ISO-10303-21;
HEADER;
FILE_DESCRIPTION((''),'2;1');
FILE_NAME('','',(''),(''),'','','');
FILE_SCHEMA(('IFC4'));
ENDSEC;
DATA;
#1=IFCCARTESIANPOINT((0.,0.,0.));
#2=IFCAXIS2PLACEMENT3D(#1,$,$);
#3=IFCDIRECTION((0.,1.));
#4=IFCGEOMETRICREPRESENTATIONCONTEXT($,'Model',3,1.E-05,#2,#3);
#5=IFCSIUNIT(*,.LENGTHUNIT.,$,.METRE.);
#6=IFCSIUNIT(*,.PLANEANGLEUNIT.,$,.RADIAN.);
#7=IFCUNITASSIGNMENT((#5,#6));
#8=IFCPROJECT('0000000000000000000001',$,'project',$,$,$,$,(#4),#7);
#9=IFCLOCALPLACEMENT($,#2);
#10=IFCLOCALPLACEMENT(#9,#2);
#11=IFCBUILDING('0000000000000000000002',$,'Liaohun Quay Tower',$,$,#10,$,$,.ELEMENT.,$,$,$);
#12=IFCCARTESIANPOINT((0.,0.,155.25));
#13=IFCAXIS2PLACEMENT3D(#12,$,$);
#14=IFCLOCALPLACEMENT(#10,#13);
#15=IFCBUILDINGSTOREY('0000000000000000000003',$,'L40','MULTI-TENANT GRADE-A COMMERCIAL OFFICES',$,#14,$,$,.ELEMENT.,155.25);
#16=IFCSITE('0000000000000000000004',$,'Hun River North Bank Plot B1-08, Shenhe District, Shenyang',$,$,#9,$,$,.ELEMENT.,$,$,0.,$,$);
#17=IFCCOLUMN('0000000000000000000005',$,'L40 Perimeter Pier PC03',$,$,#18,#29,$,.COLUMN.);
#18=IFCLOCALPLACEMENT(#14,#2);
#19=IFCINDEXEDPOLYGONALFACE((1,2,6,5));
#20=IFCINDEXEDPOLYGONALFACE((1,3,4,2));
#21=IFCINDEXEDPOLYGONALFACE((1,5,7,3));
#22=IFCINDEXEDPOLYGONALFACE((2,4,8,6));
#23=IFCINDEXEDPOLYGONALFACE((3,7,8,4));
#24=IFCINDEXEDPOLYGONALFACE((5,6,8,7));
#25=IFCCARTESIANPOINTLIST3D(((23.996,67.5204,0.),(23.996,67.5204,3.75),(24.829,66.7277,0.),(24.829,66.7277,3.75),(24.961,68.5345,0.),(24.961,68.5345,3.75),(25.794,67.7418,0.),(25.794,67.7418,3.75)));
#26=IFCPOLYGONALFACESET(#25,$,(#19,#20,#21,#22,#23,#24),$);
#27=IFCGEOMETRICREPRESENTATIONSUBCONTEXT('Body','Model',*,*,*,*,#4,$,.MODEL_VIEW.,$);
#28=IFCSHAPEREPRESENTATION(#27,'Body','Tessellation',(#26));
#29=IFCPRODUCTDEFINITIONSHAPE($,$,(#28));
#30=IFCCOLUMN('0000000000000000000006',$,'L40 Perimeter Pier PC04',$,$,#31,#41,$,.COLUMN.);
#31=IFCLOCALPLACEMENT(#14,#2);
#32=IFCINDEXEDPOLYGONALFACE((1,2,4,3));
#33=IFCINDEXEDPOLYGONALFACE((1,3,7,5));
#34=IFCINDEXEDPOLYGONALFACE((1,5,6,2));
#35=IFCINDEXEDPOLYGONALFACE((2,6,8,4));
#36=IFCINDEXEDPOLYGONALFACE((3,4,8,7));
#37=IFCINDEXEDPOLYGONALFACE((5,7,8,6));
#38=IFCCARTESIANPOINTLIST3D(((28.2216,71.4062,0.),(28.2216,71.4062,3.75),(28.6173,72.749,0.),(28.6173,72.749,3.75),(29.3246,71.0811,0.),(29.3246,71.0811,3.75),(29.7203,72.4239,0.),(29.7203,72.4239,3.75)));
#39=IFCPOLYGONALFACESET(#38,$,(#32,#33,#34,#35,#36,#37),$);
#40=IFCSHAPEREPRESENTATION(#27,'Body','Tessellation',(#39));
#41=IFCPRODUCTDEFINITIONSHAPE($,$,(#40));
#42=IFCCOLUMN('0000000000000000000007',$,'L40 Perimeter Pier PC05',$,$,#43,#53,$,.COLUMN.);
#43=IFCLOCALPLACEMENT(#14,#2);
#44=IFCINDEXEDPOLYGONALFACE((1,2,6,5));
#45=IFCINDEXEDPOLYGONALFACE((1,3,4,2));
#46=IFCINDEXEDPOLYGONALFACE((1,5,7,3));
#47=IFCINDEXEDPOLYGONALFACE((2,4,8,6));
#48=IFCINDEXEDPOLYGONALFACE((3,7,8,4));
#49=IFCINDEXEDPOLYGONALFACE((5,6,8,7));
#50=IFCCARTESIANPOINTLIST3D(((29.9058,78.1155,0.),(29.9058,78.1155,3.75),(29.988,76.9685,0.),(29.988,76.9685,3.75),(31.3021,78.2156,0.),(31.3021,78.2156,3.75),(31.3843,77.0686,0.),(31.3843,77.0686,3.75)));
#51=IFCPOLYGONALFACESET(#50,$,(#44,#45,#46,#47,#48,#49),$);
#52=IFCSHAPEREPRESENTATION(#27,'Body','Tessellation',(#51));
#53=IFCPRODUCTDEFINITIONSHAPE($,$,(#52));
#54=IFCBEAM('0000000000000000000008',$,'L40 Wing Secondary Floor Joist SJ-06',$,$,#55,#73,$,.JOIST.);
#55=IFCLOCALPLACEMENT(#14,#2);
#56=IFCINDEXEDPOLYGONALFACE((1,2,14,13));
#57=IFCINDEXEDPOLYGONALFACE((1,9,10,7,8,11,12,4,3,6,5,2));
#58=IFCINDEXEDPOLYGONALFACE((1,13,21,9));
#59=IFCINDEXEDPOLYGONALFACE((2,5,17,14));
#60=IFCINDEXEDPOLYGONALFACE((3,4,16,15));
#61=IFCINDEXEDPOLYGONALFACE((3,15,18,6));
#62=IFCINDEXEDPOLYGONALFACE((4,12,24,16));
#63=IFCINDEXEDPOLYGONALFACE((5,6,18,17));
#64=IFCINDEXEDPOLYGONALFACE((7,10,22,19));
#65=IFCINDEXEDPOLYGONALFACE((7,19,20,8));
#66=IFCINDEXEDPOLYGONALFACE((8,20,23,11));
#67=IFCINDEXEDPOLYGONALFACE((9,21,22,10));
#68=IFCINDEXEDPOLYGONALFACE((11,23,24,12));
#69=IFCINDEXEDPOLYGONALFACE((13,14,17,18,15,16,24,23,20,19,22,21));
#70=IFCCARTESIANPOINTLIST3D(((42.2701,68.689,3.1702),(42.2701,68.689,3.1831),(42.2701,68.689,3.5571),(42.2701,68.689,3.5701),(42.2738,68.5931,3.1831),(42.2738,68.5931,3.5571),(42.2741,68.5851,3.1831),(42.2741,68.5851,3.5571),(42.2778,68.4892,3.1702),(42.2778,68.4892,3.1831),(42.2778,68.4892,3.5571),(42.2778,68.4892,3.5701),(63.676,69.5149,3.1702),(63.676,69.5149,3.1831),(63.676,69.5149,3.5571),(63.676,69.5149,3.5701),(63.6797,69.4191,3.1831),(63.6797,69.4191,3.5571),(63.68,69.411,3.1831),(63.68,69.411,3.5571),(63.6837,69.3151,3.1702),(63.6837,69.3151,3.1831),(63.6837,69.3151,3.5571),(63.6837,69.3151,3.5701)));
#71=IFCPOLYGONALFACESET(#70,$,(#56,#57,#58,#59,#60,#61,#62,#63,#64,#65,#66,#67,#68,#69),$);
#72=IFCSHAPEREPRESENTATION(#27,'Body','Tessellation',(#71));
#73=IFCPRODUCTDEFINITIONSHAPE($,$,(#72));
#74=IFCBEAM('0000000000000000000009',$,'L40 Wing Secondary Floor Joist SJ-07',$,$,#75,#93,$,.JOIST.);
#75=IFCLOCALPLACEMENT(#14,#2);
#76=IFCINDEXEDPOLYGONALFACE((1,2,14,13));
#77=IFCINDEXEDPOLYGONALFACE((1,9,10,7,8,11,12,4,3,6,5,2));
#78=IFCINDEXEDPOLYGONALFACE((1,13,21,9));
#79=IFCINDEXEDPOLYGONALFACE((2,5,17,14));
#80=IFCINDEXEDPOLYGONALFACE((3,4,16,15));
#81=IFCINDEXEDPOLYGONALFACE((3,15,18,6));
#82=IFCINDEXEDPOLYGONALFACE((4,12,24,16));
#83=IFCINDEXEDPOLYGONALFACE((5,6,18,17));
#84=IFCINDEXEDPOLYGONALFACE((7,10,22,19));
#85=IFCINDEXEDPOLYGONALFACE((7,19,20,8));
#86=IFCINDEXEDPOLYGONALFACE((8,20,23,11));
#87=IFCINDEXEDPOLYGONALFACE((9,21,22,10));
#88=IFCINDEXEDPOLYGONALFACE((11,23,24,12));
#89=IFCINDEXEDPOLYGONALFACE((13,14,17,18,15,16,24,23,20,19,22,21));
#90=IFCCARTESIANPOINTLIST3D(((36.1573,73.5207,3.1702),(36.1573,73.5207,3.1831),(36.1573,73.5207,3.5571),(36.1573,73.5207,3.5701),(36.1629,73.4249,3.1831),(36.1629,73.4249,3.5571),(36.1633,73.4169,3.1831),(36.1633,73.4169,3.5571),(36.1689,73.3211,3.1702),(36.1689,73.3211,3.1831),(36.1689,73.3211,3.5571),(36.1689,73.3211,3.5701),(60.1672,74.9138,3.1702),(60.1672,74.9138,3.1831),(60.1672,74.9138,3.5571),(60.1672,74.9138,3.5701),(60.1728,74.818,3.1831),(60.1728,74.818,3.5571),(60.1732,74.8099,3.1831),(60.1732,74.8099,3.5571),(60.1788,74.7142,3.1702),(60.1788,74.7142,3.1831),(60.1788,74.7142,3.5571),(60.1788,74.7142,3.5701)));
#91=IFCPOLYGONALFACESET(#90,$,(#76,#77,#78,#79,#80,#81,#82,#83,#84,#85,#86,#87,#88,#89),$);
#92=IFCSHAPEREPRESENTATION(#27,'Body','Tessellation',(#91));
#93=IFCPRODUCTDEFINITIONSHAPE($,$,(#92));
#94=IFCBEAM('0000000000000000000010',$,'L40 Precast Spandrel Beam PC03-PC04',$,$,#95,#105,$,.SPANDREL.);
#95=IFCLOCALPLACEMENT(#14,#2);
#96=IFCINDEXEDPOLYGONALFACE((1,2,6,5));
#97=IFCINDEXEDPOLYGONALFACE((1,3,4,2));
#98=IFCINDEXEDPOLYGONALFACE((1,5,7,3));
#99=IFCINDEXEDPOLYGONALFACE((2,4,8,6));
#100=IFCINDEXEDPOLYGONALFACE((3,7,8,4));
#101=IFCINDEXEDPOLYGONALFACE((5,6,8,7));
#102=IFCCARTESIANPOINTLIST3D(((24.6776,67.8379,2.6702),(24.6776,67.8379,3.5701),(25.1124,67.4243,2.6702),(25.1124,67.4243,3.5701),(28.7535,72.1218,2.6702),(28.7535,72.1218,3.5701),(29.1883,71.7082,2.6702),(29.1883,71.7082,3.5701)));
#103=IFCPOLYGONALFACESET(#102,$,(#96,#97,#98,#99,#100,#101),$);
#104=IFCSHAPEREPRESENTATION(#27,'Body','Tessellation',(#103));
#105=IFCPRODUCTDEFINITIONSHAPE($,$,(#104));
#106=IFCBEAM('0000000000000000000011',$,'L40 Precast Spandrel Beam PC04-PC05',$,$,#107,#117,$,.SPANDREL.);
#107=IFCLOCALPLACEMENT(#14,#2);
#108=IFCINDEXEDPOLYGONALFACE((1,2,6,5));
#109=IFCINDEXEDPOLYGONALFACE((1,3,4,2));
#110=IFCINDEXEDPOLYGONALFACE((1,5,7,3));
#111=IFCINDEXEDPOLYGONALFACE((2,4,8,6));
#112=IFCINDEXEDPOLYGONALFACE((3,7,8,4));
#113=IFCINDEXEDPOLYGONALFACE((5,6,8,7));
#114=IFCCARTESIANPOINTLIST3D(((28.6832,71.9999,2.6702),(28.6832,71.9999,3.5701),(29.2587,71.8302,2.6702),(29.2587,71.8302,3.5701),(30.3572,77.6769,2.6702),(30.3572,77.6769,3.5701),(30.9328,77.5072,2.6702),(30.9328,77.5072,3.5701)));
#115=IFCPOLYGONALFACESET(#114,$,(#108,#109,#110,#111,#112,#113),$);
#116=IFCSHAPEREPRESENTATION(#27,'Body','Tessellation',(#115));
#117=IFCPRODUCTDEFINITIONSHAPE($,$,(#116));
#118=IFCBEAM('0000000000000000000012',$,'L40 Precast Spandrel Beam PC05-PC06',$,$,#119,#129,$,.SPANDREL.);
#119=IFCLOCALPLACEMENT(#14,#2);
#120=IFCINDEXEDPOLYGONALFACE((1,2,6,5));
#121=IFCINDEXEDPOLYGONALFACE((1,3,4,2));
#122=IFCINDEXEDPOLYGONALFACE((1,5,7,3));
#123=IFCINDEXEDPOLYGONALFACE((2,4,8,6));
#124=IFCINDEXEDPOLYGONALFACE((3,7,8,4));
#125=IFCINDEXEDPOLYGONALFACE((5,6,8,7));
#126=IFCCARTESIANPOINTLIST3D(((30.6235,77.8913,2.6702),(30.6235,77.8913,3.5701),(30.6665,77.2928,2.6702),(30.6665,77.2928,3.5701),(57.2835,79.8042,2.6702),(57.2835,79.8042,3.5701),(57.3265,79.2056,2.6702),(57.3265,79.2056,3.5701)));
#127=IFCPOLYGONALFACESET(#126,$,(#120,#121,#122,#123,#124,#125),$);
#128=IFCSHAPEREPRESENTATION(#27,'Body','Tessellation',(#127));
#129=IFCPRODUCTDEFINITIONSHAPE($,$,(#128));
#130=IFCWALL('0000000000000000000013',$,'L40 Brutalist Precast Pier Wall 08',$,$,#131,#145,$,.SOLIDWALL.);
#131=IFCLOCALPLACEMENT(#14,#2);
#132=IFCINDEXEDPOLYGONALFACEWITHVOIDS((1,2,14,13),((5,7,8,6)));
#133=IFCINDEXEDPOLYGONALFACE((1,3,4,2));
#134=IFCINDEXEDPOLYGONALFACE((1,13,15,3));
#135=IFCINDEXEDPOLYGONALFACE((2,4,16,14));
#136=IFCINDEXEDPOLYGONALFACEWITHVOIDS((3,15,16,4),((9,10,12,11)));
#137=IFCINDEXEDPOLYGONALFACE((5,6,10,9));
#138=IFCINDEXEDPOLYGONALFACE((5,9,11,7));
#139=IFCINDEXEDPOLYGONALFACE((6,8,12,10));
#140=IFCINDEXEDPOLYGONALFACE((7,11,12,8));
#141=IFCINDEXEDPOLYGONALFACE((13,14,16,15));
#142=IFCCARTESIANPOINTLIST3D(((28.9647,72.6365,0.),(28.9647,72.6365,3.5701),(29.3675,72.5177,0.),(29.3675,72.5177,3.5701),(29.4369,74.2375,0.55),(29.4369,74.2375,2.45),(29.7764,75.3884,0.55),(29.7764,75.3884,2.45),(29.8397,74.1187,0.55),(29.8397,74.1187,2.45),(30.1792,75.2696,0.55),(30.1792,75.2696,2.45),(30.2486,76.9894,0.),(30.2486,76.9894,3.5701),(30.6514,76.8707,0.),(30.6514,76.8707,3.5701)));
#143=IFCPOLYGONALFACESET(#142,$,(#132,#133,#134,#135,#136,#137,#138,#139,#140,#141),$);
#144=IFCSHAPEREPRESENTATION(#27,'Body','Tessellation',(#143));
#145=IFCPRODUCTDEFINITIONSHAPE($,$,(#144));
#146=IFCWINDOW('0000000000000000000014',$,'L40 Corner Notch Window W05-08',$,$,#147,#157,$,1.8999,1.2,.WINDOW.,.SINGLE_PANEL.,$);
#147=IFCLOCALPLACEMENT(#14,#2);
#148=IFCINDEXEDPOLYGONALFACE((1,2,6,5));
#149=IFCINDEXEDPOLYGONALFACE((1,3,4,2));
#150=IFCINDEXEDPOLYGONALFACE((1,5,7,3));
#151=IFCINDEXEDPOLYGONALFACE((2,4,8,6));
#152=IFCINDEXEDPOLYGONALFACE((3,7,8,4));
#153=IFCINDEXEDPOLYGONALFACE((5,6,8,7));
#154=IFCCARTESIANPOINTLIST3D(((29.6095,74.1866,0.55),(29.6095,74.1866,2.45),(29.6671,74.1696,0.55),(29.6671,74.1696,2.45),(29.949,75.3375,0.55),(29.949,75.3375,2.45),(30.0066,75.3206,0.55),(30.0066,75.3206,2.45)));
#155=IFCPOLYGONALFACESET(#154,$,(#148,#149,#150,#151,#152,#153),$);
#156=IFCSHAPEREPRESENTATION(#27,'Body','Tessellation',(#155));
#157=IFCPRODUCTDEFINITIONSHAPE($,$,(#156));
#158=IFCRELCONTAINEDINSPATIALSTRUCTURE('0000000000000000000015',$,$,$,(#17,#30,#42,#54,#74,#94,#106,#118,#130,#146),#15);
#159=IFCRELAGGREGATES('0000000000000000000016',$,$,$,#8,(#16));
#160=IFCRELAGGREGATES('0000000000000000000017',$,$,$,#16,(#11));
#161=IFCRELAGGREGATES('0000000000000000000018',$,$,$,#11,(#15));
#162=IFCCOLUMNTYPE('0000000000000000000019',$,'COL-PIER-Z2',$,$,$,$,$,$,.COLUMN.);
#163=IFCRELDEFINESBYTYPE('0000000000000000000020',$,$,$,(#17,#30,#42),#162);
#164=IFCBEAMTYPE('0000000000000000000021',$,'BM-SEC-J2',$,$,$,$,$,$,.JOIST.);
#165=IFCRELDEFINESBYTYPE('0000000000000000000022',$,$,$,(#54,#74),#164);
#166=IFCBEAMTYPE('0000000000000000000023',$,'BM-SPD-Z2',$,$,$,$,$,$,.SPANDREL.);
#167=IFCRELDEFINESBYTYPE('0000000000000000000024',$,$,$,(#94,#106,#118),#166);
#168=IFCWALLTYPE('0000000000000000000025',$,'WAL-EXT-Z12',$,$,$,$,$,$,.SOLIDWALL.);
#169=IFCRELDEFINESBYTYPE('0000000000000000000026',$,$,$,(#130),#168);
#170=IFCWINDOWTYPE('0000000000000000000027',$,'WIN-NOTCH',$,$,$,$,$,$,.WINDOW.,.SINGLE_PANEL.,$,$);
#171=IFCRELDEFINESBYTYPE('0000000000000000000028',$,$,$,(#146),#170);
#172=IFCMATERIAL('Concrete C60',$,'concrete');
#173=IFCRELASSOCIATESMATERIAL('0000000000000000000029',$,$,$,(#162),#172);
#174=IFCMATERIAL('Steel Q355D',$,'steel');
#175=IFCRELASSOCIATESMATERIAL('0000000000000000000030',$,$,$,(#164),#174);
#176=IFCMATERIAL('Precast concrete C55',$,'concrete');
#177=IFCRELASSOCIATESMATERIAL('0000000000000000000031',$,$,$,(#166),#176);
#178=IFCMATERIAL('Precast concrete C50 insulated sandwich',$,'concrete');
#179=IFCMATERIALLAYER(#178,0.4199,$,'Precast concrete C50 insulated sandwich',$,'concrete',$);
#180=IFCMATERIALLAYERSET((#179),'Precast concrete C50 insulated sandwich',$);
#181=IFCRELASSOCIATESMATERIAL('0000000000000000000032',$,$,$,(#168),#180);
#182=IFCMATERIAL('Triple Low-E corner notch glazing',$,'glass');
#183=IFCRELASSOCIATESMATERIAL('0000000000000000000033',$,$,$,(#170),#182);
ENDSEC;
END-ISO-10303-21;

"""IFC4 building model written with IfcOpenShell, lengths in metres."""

from ifc_helpers import new_model, si_unit, direction, frame, frame_2d, origin, origin_2d, place, context, subcontext, project, spatial, rectangle, i_section, extrude, source, transform, mapped, material, layer, layer_set, material_profile, profile_set, type_object, element, fill, save


model = new_model("IFC4")

# Units and contexts
model_context = context("Model", 3, precision=1e-05, world=origin(), true_north=direction((0.0, 1.0)))
body_context = subcontext(model_context, "Body", "Model", "MODEL_VIEW")
ifc_project = project(units=[si_unit("LENGTHUNIT", "METRE"), si_unit("PLANEANGLEUNIT", "RADIAN")], contexts=[model_context])

# Site, building, storey
site_placement = place(None, origin())
site = spatial("IfcSite", under=ifc_project, at=site_placement, Name="Hun River North Bank Plot B1-08, Shenhe District, Shenyang", CompositionType="ELEMENT", RefElevation=0.0)
building_placement = place(site_placement, origin())
building = spatial("IfcBuilding", under=site, at=building_placement, Name="Liaohun Quay Tower", CompositionType="ELEMENT")
storey_placement = place(building_placement, frame((0.0, 0.0, 155.25)))
storey = spatial("IfcBuildingStorey", under=building, at=storey_placement, Name="L40", Description="MULTI-TENANT GRADE-A COMMERCIAL OFFICES", CompositionType="ELEMENT", Elevation=155.25)

# Columns
ifc_material_1 = material(Name="Concrete C60", Category="concrete")
ifc_material_profile_1 = material_profile(ifc_material_1, rectangle(XDim=1.3999, YDim=1.1499, at=origin_2d()), Name="RC1400x1150")
ifc_profile_set_1 = profile_set([ifc_material_profile_1], Name="Concrete C60")
column_type = type_object("IfcColumnType", Name="COL-PIER-Z2", PredefinedType="COLUMN", material=ifc_profile_set_1)
shared_shape_1 = source(origin(), body_context, "Body", "SweptSolid", [
    extrude(rectangle(XDim=1.3999, YDim=1.1499, at=origin_2d()), origin(), (0.0, 0.0, 1.0), 3.75),
])
for number, where, z_axis, x_axis, name in (
    (1, (24.895, 67.6311, 0.0), (0.0, 0.0, 1.0), (0.689367, 0.724413, 0.0), "L40 Perimeter Pier PC03"),
    (2, (28.9709, 71.915, 0.0), (0.0, 0.0, 1.0), (0.282676, 0.959215, 0.0), "L40 Perimeter Pier PC04"),
    (3, (30.645, 77.592, 0.0), (0.0, 0.0, 1.0), (0.997441, 0.071497, 0.0), "L40 Perimeter Pier PC05"),
):
    element("IfcColumn", number, at=place(storey_placement, frame(where, z_axis=z_axis, x_axis=x_axis)), inside=storey, type_object=column_type, Name=name, PredefinedType="COLUMN", context=body_context, shape_type="MappedRepresentation", body=[
        mapped(shared_shape_1, transform((0.0, 0.0, 0.0), x_axis=(1.0, 0.0, 0.0), y_axis=(0.0, 1.0, 0.0), z_axis=(0.0, 0.0, 1.0), scale=1.0)),
    ])

# Beams
ifc_material_2 = material(Name="Steel Q355D", Category="steel")
ifc_material_profile_2 = material_profile(ifc_material_2, i_section(OverallWidth=0.2, OverallDepth=0.3999, WebThickness=0.0081, FlangeThickness=0.0129, at=origin_2d()), Name="HN400x200x8x13")
ifc_profile_set_2 = profile_set([ifc_material_profile_2], Name="Steel Q355D")
beam_type_1 = type_object("IfcBeamType", Name="BM-SEC-J2", PredefinedType="JOIST", material=ifc_profile_set_2)
shared_shape_2 = source(origin(), body_context, "Body", "SweptSolid", [
    extrude(i_section(OverallWidth=0.2, OverallDepth=0.3999, WebThickness=0.0081, FlangeThickness=0.0129, at=origin_2d()), origin(), (0.0, 0.0, 1.0), 21.4219),
])
beam_1_placement = place(storey_placement, frame((42.2739, 68.5891, 3.3701), z_axis=(0.999256, 0.038555, 0.0), x_axis=(-0.038555, 0.999256, 0.0)))
element("IfcBeam", 4, at=beam_1_placement, inside=storey, type_object=beam_type_1, Name="L40 Wing Secondary Floor Joist SJ-06", PredefinedType="JOIST", context=body_context, shape_type="MappedRepresentation", body=[
    mapped(shared_shape_2, transform((0.0, 0.0, 0.0), x_axis=(1.0, 0.0, 0.0), y_axis=(0.0, 1.0, 0.0), z_axis=(0.0, 0.0, 1.0), scale=1.0)),
])
shared_shape_3 = source(origin(), body_context, "Body", "SweptSolid", [
    extrude(i_section(OverallWidth=0.2, OverallDepth=0.3999, WebThickness=0.0081, FlangeThickness=0.0129, at=origin_2d()), origin(), (0.0, 0.0, 1.0), 24.0503),
])
beam_2_placement = place(storey_placement, frame((36.1631, 73.4209, 3.3701), z_axis=(0.998321, 0.057923, 0.0), x_axis=(-0.057923, 0.998321, 0.0)))
element("IfcBeam", 5, at=beam_2_placement, inside=storey, type_object=beam_type_1, Name="L40 Wing Secondary Floor Joist SJ-07", PredefinedType="JOIST", context=body_context, shape_type="MappedRepresentation", body=[
    mapped(shared_shape_3, transform((0.0, 0.0, 0.0), x_axis=(1.0, 0.0, 0.0), y_axis=(0.0, 1.0, 0.0), z_axis=(0.0, 0.0, 1.0), scale=1.0)),
])
ifc_material_3 = material(Name="Precast concrete C55", Category="concrete")
ifc_material_profile_3 = material_profile(ifc_material_3, rectangle(XDim=0.6001, YDim=0.8999, at=origin_2d()), Name="RC600x900")
ifc_profile_set_3 = profile_set([ifc_material_profile_3], Name="Precast concrete C55")
beam_type_2 = type_object("IfcBeamType", Name="BM-SPD-Z2", PredefinedType="SPANDREL", material=ifc_profile_set_3)
shared_shape_4 = source(origin(), body_context, "Body", "SweptSolid", [
    extrude(rectangle(XDim=0.6001, YDim=0.8999, at=origin_2d()), origin(), (0.0, 0.0, 1.0), 5.9131),
])
beam_3_placement = place(storey_placement, frame((24.895, 67.6311, 3.1201), z_axis=(0.689299, 0.724477, 0.0), x_axis=(-0.724477, 0.689299, 0.0)))
element("IfcBeam", 6, at=beam_3_placement, inside=storey, type_object=beam_type_2, Name="L40 Precast Spandrel Beam PC03-PC04", PredefinedType="SPANDREL", context=body_context, shape_type="MappedRepresentation", body=[
    mapped(shared_shape_4, transform((0.0, 0.0, 0.0), x_axis=(1.0, 0.0, 0.0), y_axis=(0.0, 1.0, 0.0), z_axis=(0.0, 0.0, 1.0), scale=1.0)),
])
shared_shape_5 = source(origin(), body_context, "Body", "SweptSolid", [
    extrude(rectangle(XDim=0.6001, YDim=0.8999, at=origin_2d()), origin(), (0.0, 0.0, 1.0), 5.9187),
])
beam_4_placement = place(storey_placement, frame((28.9709, 71.915, 3.1201), z_axis=(0.282845, 0.959166, 0.0), x_axis=(-0.959166, 0.282845, 0.0)))
element("IfcBeam", 7, at=beam_4_placement, inside=storey, type_object=beam_type_2, Name="L40 Precast Spandrel Beam PC04-PC05", PredefinedType="SPANDREL", context=body_context, shape_type="MappedRepresentation", body=[
    mapped(shared_shape_5, transform((0.0, 0.0, 0.0), x_axis=(1.0, 0.0, 0.0), y_axis=(0.0, 1.0, 0.0), z_axis=(0.0, 0.0, 1.0), scale=1.0)),
])
shared_shape_6 = source(origin(), body_context, "Body", "SweptSolid", [
    extrude(rectangle(XDim=0.6001, YDim=0.8999, at=origin_2d()), origin(), (0.0, 0.0, 1.0), 26.7285),
])
beam_5_placement = place(storey_placement, frame((30.645, 77.592, 3.1201), z_axis=(0.997436, 0.071566, 0.0), x_axis=(-0.071566, 0.997436, 0.0)))
element("IfcBeam", 8, at=beam_5_placement, inside=storey, type_object=beam_type_2, Name="L40 Precast Spandrel Beam PC05-PC06", PredefinedType="SPANDREL", context=body_context, shape_type="MappedRepresentation", body=[
    mapped(shared_shape_6, transform((0.0, 0.0, 0.0), x_axis=(1.0, 0.0, 0.0), y_axis=(0.0, 1.0, 0.0), z_axis=(0.0, 0.0, 1.0), scale=1.0)),
])

# Wall, opening, window
ifc_material_4 = material(Name="Precast concrete C50 insulated sandwich", Category="concrete")
ifc_layer_1 = layer(ifc_material_4, 0.4199, Name="Precast concrete C50 insulated sandwich", Category="concrete")
ifc_layer_set_1 = layer_set([ifc_layer_1], Name="Precast concrete C50 insulated sandwich")
wall_type_1 = type_object("IfcWallType", Name="WAL-EXT-Z12", PredefinedType="SOLIDWALL", material=ifc_layer_set_1)
wall_1_placement = place(storey_placement, frame((30.45, 76.9299, 0.0), z_axis=(0.0, 0.0, 1.0), x_axis=(-0.282903, -0.959149, 0.0)))
wall_1 = element("IfcWall", 9, at=wall_1_placement, inside=storey, type_object=wall_type_1, Name="L40 Brutalist Precast Pier Wall 08", PredefinedType="SOLIDWALL", context=body_context, shape_type="SweptSolid", body=[
    extrude(rectangle(XDim=4.5383, YDim=0.4199, at=frame_2d((2.269, 0.0))), origin(), (0.0, 0.0, 1.0), 3.5701),
])
shared_shape_7 = source(origin(), body_context, "Body", "SweptSolid", [
    extrude(rectangle(XDim=1.2, YDim=1.8999, at=frame_2d((0.6001, 0.95))), frame((0.0, 0.22, 0.0), z_axis=(0.0, -1.0, 0.0), x_axis=(1.0, 0.0, 0.0)), (0.0, 0.0, 1.0), 0.4399),
])
opening_1_placement = place(wall_1_placement, frame((1.6689, 0.0, 0.55)))
opening_1 = element("IfcOpeningElement", 10, at=opening_1_placement, cuts=wall_1, PredefinedType="OPENING", context=body_context, shape_type="MappedRepresentation", body=[
    mapped(shared_shape_7, transform((0.0, 0.0, 0.0), x_axis=(1.0, 0.0, 0.0), y_axis=(0.0, 1.0, 0.0), z_axis=(0.0, 0.0, 1.0), scale=1.0)),
])
ifc_material_5 = material(Name="Triple Low-E corner notch glazing", Category="glass")
window_type_1 = type_object("IfcWindowType", Name="WIN-NOTCH", PartitioningType="SINGLE_PANEL", PredefinedType="WINDOW", material=ifc_material_5)
shared_shape_8 = source(origin(), body_context, "Body", "SweptSolid", [
    extrude(rectangle(XDim=1.2, YDim=1.8999, at=frame_2d((0.6001, 0.95))), frame((0.0, 0.03, 0.0), z_axis=(0.0, -1.0, 0.0), x_axis=(1.0, 0.0, 0.0)), (0.0, 0.0, 1.0), 0.0601),
])
window_1_placement = place(opening_1_placement, origin())
window_1 = element("IfcWindow", 11, at=window_1_placement, inside=storey, type_object=window_type_1, Name="L40 Corner Notch Window W05-08", OverallHeight=1.8999, OverallWidth=1.2, PartitioningType="SINGLE_PANEL", PredefinedType="WINDOW", context=body_context, shape_type="MappedRepresentation", body=[
    mapped(shared_shape_8, transform((0.0, 0.0, 0.0), x_axis=(1.0, 0.0, 0.0), y_axis=(0.0, 1.0, 0.0), z_axis=(0.0, 0.0, 1.0), scale=1.0)),
])
fill(opening_1, window_1)

save(model, "model.ifc")
